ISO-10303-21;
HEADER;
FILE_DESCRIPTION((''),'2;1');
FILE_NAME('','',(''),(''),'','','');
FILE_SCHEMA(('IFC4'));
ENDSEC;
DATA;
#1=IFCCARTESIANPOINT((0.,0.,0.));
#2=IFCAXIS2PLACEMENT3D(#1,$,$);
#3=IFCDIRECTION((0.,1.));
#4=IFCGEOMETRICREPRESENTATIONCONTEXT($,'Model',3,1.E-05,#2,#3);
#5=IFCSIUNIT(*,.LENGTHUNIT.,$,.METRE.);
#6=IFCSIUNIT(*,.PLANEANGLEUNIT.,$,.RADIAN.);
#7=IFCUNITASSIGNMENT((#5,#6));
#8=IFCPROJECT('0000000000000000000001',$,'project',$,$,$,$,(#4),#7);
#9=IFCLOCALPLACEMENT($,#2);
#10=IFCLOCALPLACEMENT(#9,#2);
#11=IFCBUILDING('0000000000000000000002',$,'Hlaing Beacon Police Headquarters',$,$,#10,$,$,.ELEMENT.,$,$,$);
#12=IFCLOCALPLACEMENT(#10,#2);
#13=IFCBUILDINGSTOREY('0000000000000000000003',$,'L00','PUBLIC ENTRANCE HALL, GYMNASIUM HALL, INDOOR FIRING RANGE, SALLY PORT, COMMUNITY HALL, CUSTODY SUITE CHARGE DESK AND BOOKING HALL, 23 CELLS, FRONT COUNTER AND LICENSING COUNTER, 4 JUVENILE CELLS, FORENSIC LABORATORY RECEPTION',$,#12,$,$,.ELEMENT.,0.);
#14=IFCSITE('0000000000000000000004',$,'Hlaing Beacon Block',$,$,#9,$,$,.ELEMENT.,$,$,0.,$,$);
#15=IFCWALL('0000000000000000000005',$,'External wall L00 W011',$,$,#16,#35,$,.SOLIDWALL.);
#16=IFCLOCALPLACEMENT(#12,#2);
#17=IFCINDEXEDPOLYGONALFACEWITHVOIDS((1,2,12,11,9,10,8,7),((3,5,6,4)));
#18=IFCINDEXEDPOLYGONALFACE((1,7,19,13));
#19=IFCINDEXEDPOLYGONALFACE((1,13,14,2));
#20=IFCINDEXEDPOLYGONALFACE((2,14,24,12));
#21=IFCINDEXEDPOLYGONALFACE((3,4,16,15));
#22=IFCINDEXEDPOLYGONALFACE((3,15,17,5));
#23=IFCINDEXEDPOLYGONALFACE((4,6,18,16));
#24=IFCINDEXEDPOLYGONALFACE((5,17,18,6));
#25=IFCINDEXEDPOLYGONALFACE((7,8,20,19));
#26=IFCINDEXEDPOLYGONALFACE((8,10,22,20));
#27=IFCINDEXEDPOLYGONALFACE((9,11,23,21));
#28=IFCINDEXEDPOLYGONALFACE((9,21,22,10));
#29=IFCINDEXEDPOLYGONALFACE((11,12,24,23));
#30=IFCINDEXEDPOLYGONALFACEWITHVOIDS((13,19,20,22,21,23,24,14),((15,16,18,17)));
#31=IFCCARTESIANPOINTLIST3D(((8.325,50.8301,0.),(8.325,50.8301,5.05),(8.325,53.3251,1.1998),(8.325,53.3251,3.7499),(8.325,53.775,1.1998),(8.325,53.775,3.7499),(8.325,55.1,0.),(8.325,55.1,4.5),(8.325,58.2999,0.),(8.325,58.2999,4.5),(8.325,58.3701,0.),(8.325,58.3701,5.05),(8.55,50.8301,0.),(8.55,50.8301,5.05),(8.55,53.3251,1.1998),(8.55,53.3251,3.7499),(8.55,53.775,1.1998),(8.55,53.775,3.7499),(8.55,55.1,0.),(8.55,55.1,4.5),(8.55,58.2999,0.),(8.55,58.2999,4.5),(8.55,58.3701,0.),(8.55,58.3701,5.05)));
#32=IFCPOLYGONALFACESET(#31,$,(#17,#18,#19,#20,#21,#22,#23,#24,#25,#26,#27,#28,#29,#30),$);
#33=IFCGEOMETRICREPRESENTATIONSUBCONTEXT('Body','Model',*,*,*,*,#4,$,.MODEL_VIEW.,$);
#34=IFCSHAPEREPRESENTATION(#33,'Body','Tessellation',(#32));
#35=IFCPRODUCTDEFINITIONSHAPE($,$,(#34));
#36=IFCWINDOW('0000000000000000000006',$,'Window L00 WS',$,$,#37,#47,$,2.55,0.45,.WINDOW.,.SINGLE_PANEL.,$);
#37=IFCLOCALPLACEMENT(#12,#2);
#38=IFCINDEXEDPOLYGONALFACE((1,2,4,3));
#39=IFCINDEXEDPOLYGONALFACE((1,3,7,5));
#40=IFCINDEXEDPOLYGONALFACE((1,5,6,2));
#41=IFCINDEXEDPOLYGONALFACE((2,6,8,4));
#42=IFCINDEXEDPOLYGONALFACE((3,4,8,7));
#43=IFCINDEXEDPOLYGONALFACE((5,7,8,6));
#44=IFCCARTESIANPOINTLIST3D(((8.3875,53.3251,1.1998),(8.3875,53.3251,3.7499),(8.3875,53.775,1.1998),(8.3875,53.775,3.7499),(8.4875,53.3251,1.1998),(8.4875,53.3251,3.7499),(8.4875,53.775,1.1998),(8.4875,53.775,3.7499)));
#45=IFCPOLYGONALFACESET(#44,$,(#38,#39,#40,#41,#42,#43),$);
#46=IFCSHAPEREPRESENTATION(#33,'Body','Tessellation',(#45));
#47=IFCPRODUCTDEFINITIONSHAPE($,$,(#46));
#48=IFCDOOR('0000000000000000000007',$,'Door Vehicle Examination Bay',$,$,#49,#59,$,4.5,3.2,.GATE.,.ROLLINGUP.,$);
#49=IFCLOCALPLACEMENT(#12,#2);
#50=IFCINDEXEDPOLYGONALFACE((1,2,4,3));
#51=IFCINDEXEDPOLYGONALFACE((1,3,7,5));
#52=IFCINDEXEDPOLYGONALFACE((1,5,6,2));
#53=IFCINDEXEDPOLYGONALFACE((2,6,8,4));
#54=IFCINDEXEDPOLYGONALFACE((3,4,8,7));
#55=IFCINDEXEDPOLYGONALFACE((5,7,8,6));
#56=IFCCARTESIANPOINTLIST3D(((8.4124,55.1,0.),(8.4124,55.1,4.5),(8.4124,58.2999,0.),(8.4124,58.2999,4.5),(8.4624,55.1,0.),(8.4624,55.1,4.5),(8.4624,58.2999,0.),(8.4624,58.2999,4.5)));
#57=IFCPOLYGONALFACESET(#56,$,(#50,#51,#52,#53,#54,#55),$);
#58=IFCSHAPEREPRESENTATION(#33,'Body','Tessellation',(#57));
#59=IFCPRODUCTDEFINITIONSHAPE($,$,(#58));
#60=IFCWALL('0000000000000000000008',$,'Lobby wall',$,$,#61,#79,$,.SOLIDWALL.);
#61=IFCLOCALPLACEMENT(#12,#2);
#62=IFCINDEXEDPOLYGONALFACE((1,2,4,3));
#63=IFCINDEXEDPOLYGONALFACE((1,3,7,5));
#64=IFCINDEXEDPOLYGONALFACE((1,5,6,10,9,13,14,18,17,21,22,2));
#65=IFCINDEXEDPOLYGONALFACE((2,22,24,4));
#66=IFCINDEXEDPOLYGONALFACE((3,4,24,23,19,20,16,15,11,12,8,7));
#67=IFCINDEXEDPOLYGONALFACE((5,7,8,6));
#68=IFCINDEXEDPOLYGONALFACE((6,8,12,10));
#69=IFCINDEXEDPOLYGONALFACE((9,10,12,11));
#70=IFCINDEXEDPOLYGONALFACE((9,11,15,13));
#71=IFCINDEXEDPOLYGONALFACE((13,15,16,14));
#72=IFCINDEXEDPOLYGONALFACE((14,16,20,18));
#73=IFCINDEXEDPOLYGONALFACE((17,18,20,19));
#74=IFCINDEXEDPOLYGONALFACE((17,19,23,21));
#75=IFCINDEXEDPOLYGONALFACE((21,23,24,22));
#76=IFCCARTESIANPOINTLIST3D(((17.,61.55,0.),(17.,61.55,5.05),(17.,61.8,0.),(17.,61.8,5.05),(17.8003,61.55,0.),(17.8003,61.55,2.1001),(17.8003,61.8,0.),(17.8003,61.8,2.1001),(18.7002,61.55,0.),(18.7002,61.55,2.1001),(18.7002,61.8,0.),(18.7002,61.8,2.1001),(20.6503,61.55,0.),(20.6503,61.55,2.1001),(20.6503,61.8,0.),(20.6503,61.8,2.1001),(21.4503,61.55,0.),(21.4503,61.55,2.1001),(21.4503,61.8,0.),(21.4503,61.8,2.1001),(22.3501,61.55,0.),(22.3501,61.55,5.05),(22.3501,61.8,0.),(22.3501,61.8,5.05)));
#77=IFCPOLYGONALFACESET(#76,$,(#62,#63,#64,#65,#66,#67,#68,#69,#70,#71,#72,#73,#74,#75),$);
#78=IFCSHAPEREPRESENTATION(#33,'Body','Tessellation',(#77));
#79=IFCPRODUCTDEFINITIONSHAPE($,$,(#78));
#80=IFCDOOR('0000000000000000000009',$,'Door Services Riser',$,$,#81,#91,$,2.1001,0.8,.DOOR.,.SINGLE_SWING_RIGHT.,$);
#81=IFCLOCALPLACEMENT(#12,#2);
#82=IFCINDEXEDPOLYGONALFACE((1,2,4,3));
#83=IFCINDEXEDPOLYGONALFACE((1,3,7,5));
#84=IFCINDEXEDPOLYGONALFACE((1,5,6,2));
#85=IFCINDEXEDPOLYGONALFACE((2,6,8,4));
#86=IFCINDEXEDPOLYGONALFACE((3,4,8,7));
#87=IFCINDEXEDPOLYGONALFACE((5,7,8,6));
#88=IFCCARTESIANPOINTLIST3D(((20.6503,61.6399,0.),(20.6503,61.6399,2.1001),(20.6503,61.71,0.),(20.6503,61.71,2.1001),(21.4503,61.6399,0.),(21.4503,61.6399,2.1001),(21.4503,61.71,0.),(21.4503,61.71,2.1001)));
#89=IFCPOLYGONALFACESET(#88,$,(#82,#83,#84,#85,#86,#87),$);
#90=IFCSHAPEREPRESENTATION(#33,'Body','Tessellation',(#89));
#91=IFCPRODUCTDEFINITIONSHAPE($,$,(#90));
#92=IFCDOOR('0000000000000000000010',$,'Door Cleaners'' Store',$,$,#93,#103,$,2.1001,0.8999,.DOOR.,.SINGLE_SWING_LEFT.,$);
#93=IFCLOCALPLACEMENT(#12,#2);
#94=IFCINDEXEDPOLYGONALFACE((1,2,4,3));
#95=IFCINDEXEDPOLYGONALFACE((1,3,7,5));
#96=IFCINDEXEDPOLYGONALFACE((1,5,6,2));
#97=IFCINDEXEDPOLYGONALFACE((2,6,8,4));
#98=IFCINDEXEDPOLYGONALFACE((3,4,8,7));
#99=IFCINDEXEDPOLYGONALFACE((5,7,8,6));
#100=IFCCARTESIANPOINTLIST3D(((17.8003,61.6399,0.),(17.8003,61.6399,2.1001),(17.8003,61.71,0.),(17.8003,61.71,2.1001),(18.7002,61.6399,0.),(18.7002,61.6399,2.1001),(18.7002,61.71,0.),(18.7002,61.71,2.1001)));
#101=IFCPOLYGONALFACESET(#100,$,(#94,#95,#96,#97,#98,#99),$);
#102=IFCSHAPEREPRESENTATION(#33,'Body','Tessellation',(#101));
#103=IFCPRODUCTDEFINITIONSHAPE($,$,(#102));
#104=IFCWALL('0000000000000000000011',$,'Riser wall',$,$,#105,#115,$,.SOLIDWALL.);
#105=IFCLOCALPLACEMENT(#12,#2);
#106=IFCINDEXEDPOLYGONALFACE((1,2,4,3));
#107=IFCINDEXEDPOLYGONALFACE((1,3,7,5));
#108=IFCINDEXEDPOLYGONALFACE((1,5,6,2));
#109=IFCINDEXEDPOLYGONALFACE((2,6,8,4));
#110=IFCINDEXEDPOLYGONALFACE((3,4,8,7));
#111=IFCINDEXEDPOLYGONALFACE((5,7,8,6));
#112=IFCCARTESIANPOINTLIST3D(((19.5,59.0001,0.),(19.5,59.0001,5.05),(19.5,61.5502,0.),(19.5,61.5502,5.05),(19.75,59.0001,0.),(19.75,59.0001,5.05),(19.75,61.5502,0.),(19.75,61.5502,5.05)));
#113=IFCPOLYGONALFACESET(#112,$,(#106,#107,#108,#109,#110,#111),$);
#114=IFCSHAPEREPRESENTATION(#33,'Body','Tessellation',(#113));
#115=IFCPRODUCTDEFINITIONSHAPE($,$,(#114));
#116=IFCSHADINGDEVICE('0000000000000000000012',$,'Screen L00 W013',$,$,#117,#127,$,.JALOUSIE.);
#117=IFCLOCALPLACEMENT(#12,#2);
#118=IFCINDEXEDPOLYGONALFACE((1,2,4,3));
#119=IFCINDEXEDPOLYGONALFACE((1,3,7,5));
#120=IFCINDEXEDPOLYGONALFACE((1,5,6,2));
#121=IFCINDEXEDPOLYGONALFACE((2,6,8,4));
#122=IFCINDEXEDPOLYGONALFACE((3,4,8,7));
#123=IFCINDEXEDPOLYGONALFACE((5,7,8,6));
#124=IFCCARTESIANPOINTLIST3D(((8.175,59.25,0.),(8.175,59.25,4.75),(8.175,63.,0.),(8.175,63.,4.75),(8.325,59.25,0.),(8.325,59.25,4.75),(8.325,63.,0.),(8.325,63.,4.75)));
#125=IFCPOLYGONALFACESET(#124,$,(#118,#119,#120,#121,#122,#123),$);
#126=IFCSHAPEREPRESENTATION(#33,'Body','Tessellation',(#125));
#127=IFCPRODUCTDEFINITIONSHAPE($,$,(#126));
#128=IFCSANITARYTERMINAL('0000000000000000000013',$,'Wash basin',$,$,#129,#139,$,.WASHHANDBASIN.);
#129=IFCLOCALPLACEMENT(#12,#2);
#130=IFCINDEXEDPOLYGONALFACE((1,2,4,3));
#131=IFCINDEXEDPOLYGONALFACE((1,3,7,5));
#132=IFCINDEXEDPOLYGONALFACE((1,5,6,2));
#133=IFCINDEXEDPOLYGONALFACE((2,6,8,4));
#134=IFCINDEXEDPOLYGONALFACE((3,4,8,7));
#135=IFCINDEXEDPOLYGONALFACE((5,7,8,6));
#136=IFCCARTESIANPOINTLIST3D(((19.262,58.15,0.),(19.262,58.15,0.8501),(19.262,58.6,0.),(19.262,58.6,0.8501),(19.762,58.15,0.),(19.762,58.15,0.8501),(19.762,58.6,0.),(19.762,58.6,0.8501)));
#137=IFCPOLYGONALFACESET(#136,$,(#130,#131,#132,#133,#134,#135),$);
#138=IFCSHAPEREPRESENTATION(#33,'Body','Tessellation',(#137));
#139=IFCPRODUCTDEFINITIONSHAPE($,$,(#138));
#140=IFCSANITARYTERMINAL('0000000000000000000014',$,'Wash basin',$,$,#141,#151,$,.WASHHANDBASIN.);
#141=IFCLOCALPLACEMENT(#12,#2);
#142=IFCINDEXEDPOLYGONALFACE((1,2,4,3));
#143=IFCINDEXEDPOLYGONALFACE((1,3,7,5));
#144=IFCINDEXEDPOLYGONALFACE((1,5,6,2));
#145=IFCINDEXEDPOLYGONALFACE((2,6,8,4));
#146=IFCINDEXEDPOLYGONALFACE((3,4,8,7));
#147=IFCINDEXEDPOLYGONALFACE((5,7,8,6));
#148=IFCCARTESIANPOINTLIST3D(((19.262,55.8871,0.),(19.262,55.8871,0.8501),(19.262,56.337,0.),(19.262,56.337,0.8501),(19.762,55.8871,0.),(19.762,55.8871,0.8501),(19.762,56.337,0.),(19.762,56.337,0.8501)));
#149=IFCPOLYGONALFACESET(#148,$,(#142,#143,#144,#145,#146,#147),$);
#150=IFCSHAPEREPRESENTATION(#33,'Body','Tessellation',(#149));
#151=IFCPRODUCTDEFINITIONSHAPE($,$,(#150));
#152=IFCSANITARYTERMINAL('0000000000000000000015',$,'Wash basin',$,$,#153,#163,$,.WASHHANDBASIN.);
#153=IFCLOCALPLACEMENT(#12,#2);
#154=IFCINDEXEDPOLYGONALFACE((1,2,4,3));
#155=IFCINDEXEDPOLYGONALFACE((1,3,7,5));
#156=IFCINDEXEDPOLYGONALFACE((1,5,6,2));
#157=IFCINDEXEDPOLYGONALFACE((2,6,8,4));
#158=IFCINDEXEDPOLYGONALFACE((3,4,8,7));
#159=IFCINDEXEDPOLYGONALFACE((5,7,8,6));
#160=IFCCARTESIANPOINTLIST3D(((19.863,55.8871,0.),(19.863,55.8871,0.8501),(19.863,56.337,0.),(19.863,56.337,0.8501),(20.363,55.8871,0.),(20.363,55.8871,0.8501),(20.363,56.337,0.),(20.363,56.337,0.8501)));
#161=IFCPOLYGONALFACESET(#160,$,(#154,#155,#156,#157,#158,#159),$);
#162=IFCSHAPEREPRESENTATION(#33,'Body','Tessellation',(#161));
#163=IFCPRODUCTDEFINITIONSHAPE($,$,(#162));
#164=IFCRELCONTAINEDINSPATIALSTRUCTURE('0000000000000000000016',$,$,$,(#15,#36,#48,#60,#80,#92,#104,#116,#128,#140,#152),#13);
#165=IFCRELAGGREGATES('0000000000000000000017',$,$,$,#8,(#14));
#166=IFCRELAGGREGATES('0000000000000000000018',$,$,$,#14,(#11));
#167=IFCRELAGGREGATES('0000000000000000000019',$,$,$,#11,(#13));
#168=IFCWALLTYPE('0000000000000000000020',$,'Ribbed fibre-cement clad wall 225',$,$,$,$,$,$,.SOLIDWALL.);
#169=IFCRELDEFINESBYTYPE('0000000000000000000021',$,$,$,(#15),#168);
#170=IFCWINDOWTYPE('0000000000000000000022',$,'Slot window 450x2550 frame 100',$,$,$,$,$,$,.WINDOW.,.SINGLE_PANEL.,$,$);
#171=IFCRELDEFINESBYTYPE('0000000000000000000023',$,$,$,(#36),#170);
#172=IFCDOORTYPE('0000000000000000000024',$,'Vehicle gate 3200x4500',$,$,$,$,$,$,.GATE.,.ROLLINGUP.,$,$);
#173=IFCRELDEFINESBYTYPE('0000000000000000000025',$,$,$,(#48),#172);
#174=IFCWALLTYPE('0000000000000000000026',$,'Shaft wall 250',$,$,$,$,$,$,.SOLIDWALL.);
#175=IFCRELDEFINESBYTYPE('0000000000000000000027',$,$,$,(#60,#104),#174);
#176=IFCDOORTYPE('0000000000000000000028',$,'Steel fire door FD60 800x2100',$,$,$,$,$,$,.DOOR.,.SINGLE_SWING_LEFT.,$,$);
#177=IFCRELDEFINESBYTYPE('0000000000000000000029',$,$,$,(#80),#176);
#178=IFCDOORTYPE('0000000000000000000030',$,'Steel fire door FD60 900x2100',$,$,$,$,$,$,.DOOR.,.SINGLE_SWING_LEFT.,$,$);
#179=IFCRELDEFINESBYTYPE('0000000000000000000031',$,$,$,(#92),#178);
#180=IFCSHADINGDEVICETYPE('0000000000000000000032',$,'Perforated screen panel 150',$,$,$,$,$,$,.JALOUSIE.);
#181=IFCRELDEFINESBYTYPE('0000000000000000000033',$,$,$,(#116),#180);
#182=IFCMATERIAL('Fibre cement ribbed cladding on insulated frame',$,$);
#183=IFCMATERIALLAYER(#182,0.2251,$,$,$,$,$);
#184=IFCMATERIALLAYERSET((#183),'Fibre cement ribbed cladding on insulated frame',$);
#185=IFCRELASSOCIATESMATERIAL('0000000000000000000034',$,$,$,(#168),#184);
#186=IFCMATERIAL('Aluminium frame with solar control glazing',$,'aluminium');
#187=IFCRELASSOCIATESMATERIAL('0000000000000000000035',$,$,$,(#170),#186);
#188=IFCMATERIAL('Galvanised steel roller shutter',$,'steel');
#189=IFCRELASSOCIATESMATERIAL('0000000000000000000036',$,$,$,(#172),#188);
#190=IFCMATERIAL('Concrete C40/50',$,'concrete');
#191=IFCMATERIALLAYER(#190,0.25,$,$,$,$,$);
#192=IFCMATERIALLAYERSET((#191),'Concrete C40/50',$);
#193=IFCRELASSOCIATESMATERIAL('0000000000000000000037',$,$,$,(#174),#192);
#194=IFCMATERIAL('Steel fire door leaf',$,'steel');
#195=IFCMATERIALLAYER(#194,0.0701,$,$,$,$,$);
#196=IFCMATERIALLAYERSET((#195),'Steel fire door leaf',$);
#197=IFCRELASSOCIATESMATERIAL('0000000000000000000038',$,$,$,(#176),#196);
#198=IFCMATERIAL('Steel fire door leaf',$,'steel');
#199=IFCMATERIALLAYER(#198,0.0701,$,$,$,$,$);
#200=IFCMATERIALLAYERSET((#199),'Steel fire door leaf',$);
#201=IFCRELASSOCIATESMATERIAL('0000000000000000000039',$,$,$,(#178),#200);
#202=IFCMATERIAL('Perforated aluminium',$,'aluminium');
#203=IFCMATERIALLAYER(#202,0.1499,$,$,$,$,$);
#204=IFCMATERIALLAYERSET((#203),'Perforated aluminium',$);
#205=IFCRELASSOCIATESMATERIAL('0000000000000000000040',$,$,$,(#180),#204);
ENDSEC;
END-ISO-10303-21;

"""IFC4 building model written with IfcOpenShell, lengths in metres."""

from ifc_helpers import new_model, si_unit, direction, frame, frame_2d, origin, origin_2d, place, context, subcontext, project, spatial, rectangle, extrude, material, layer, layer_set, type_object, element, fill, save


model = new_model("IFC4")

# Units and contexts
model_context = context("Model", 3, precision=1e-05, world=origin(), true_north=direction((0.0, 1.0)))
body_context = subcontext(model_context, "Body", "Model", "MODEL_VIEW")
ifc_project = project(units=[si_unit("LENGTHUNIT", "METRE"), si_unit("PLANEANGLEUNIT", "RADIAN")], contexts=[model_context])

# Site, building, storey
site_placement = place(None, origin())
site = spatial("IfcSite", under=ifc_project, at=site_placement, Name="Hlaing Beacon Block", CompositionType="ELEMENT", RefElevation=0.0)
building_placement = place(site_placement, origin())
building = spatial("IfcBuilding", under=site, at=building_placement, Name="Hlaing Beacon Police Headquarters", CompositionType="ELEMENT")
storey_placement = place(building_placement, origin())
storey = spatial("IfcBuildingStorey", under=building, at=storey_placement, Name="L00", Description="PUBLIC ENTRANCE HALL, GYMNASIUM HALL, INDOOR FIRING RANGE, SALLY PORT, COMMUNITY HALL, CUSTODY SUITE CHARGE DESK AND BOOKING HALL, 23 CELLS, FRONT COUNTER AND LICENSING COUNTER, 4 JUVENILE CELLS, FORENSIC LABORATORY RECEPTION", CompositionType="ELEMENT", Elevation=0.0)

# Wall, openings, window, door
ifc_material_1 = material(Name="Fibre cement ribbed cladding on insulated frame")
ifc_layer_1 = layer(ifc_material_1, 0.2251)
ifc_layer_set_1 = layer_set([ifc_layer_1], Name="Fibre cement ribbed cladding on insulated frame")
wall_type_1 = type_object("IfcWallType", Name="Ribbed fibre-cement clad wall 225", PredefinedType="SOLIDWALL", material=ifc_layer_set_1)
wall_1_placement = place(storey_placement, frame((8.4375, 58.3701, 0.0), z_axis=(0.0, 0.0, 1.0), x_axis=(0.0, -1.0, 0.0)))
wall_1 = element("IfcWall", 1, at=wall_1_placement, inside=storey, type_object=wall_type_1, Name="External wall L00 W011", PredefinedType="SOLIDWALL", context=body_context, shape_type="SweptSolid", body=[
    extrude(rectangle(XDim=7.54, YDim=0.2251, at=frame_2d((3.77, 0.0))), origin(), (0.0, 0.0, 1.0), 5.05),
])
opening_1_placement = place(wall_1_placement, frame((0.0701, 0.0, 0.0)))
opening_1 = element("IfcOpeningElement", 2, at=opening_1_placement, cuts=wall_1, PredefinedType="OPENING", context=body_context, shape_type="SweptSolid", body=[
    extrude(rectangle(XDim=3.2, YDim=4.5, at=frame_2d((1.6001, 2.25))), frame((0.0, 0.1226, 0.0), z_axis=(0.0, -1.0, 0.0), x_axis=(1.0, 0.0, 0.0)), (0.0, 0.0, 1.0), 0.2451),
])
opening_2_placement = place(wall_1_placement, frame((4.595, 0.0, 1.2)))
opening_2 = element("IfcOpeningElement", 3, at=opening_2_placement, cuts=wall_1, PredefinedType="OPENING", context=body_context, shape_type="SweptSolid", body=[
    extrude(rectangle(XDim=0.45, YDim=2.55, at=frame_2d((0.2251, 1.2749))), frame((0.0, 0.1226, 0.0), z_axis=(0.0, -1.0, 0.0), x_axis=(1.0, 0.0, 0.0)), (0.0, 0.0, 1.0), 0.2451),
])
ifc_material_2 = material(Name="Aluminium frame with solar control glazing", Category="aluminium")
window_type = type_object("IfcWindowType", Name="Slot window 450x2550 frame 100", PartitioningType="SINGLE_PANEL", PredefinedType="WINDOW", material=ifc_material_2)
window_placement = place(opening_2_placement, origin())
window = element("IfcWindow", 4, at=window_placement, inside=storey, type_object=window_type, Name="Window L00 WS", OverallHeight=2.55, OverallWidth=0.45, PartitioningType="SINGLE_PANEL", PredefinedType="WINDOW", context=body_context, shape_type="SweptSolid", body=[
    extrude(rectangle(XDim=0.45, YDim=2.55, at=frame_2d((0.2251, 1.2749))), frame((0.0, 0.05, 0.0), z_axis=(0.0, -1.0, 0.0), x_axis=(1.0, 0.0, 0.0)), (0.0, 0.0, 1.0), 0.1001),
])
fill(opening_2, window)
ifc_material_3 = material(Name="Galvanised steel roller shutter", Category="steel")
door_type_1 = type_object("IfcDoorType", Name="Vehicle gate 3200x4500", OperationType="ROLLINGUP", PredefinedType="GATE", material=ifc_material_3)
door_1_placement = place(opening_1_placement, frame((3.2, 0.0, 0.0), z_axis=(0.0, 0.0, 1.0), x_axis=(-1.0, 0.0, 0.0)))
door_1 = element("IfcDoor", 5, at=door_1_placement, inside=storey, type_object=door_type_1, Name="Door Vehicle Examination Bay", OperationType="ROLLINGUP", OverallHeight=4.5, OverallWidth=3.2, PredefinedType="GATE", context=body_context, shape_type="SweptSolid", body=[
    extrude(rectangle(XDim=3.2, YDim=4.5, at=frame_2d((1.5999, 2.25))), frame((0.0, 0.0251, 0.0), z_axis=(0.0, -1.0, 0.0), x_axis=(1.0, 0.0, 0.0)), (0.0, 0.0, 1.0), 0.05),
])
fill(opening_1, door_1)

# Wall, openings, doors
ifc_material_4 = material(Name="Concrete C40/50", Category="concrete")
ifc_layer_2 = layer(ifc_material_4, 0.25)
ifc_layer_set_2 = layer_set([ifc_layer_2], Name="Concrete C40/50")
wall_type_2 = type_object("IfcWallType", Name="Shaft wall 250", PredefinedType="SOLIDWALL", material=ifc_layer_set_2)
wall_2_placement = place(storey_placement, frame((22.3501, 61.675, 0.0), z_axis=(0.0, 0.0, 1.0), x_axis=(-1.0, 0.0, 0.0)))
wall_2 = element("IfcWall", 6, at=wall_2_placement, inside=storey, type_object=wall_type_2, Name="Lobby wall", PredefinedType="SOLIDWALL", context=body_context, shape_type="SweptSolid", body=[
    extrude(rectangle(XDim=5.3501, YDim=0.25, at=frame_2d((2.675, 0.0))), origin(), (0.0, 0.0, 1.0), 5.05),
])
opening_3_placement = place(wall_2_placement, frame((3.6499, 0.0, 0.0)))
opening_3 = element("IfcOpeningElement", 7, at=opening_3_placement, cuts=wall_2, PredefinedType="OPENING", context=body_context, shape_type="SweptSolid", body=[
    extrude(rectangle(XDim=0.8999, YDim=2.1001, at=frame_2d((0.45, 1.05))), frame((0.0, 0.135, 0.0), z_axis=(0.0, -1.0, 0.0), x_axis=(1.0, 0.0, 0.0)), (0.0, 0.0, 1.0), 0.27),
])
opening_4_placement = place(wall_2_placement, frame((0.8999, 0.0, 0.0)))
opening_4 = element("IfcOpeningElement", 8, at=opening_4_placement, cuts=wall_2, PredefinedType="OPENING", context=body_context, shape_type="SweptSolid", body=[
    extrude(rectangle(XDim=0.8, YDim=2.1001, at=frame_2d((0.3999, 1.05))), frame((0.0, 0.135, 0.0), z_axis=(0.0, -1.0, 0.0), x_axis=(1.0, 0.0, 0.0)), (0.0, 0.0, 1.0), 0.27),
])
ifc_material_5 = material(Name="Steel fire door leaf", Category="steel")
ifc_layer_3 = layer(ifc_material_5, 0.0701)
ifc_layer_set_3 = layer_set([ifc_layer_3], Name="Steel fire door leaf")
door_type_2 = type_object("IfcDoorType", Name="Steel fire door FD60 800x2100", OperationType="SINGLE_SWING_LEFT", PredefinedType="DOOR", material=ifc_layer_set_3)
door_2_placement = place(opening_4_placement, origin())
door_2 = element("IfcDoor", 9, at=door_2_placement, inside=storey, type_object=door_type_2, Name="Door Services Riser", OperationType="SINGLE_SWING_RIGHT", OverallHeight=2.1001, OverallWidth=0.8, PredefinedType="DOOR", context=body_context, shape_type="SweptSolid", body=[
    extrude(rectangle(XDim=0.8, YDim=2.1001, at=frame_2d((0.3999, 1.05))), frame((0.0, 0.0352, 0.0), z_axis=(0.0, -1.0, 0.0), x_axis=(1.0, 0.0, 0.0)), (0.0, 0.0, 1.0), 0.0701),
])
fill(opening_4, door_2)
ifc_material_6 = material(Name="Steel fire door leaf", Category="steel")
ifc_layer_4 = layer(ifc_material_6, 0.0701)
ifc_layer_set_4 = layer_set([ifc_layer_4], Name="Steel fire door leaf")
door_type_3 = type_object("IfcDoorType", Name="Steel fire door FD60 900x2100", OperationType="SINGLE_SWING_LEFT", PredefinedType="DOOR", material=ifc_layer_set_4)
door_3_placement = place(opening_3_placement, origin())
door_3 = element("IfcDoor", 10, at=door_3_placement, inside=storey, type_object=door_type_3, Name="Door Cleaners' Store", OperationType="SINGLE_SWING_LEFT", OverallHeight=2.1001, OverallWidth=0.8999, PredefinedType="DOOR", context=body_context, shape_type="SweptSolid", body=[
    extrude(rectangle(XDim=0.8999, YDim=2.1001, at=frame_2d((0.45, 1.05))), frame((0.0, 0.0352, 0.0), z_axis=(0.0, -1.0, 0.0), x_axis=(1.0, 0.0, 0.0)), (0.0, 0.0, 1.0), 0.0701),
])
fill(opening_3, door_3)

# Wall
wall_3_placement = place(storey_placement, frame((19.625, 61.55, 0.0), z_axis=(0.0, 0.0, 1.0), x_axis=(0.0, -1.0, 0.0)))
element("IfcWall", 11, at=wall_3_placement, inside=storey, type_object=wall_type_2, Name="Riser wall", PredefinedType="SOLIDWALL", context=body_context, shape_type="SweptSolid", body=[
    extrude(rectangle(XDim=2.55, YDim=0.25, at=frame_2d((1.2749, 0.0))), origin(), (0.0, 0.0, 1.0), 5.05),
])

# Shading device
ifc_material_7 = material(Name="Perforated aluminium", Category="aluminium")
ifc_layer_5 = layer(ifc_material_7, 0.1499)
ifc_layer_set_5 = layer_set([ifc_layer_5], Name="Perforated aluminium")
shading_device_type = type_object("IfcShadingDeviceType", Name="Perforated screen panel 150", PredefinedType="JALOUSIE", material=ifc_layer_set_5)
shading_device_placement = place(storey_placement, frame((8.25, 61.125, 0.0), z_axis=(0.0, 0.0, 1.0), x_axis=(0.0, -1.0, 0.0)))
element("IfcShadingDevice", 12, at=shading_device_placement, inside=storey, type_object=shading_device_type, Name="Screen L00 W013", PredefinedType="JALOUSIE", context=body_context, shape_type="SweptSolid", body=[
    extrude(rectangle(XDim=3.75, YDim=0.1499, at=origin_2d()), origin(), (0.0, 0.0, 1.0), 4.75),
])

# Sanitary terminals
for number, where, z_axis, x_axis, name in (
    (13, (19.512, 58.375, 0.0), (0.0, 0.0, 1.0), (1.0, 0.0, 0.0), "Wash basin"),
    (14, (19.512, 56.1121, 0.0), (0.0, 0.0, 1.0), (1.0, 0.0, 0.0), "Wash basin"),
    (15, (20.113, 56.1121, 0.0), (0.0, 0.0, 1.0), (1.0, 0.0, 0.0), "Wash basin"),
):
    element("IfcSanitaryTerminal", number, at=place(storey_placement, frame(where, z_axis=z_axis, x_axis=x_axis)), inside=storey, Name=name, PredefinedType="WASHHANDBASIN", context=body_context, shape_type="SweptSolid", body=[
        extrude(rectangle(XDim=0.5, YDim=0.45, at=origin_2d()), origin(), (0.0, 0.0, 1.0), 0.8501),
    ])

save(model, "model.ifc")
